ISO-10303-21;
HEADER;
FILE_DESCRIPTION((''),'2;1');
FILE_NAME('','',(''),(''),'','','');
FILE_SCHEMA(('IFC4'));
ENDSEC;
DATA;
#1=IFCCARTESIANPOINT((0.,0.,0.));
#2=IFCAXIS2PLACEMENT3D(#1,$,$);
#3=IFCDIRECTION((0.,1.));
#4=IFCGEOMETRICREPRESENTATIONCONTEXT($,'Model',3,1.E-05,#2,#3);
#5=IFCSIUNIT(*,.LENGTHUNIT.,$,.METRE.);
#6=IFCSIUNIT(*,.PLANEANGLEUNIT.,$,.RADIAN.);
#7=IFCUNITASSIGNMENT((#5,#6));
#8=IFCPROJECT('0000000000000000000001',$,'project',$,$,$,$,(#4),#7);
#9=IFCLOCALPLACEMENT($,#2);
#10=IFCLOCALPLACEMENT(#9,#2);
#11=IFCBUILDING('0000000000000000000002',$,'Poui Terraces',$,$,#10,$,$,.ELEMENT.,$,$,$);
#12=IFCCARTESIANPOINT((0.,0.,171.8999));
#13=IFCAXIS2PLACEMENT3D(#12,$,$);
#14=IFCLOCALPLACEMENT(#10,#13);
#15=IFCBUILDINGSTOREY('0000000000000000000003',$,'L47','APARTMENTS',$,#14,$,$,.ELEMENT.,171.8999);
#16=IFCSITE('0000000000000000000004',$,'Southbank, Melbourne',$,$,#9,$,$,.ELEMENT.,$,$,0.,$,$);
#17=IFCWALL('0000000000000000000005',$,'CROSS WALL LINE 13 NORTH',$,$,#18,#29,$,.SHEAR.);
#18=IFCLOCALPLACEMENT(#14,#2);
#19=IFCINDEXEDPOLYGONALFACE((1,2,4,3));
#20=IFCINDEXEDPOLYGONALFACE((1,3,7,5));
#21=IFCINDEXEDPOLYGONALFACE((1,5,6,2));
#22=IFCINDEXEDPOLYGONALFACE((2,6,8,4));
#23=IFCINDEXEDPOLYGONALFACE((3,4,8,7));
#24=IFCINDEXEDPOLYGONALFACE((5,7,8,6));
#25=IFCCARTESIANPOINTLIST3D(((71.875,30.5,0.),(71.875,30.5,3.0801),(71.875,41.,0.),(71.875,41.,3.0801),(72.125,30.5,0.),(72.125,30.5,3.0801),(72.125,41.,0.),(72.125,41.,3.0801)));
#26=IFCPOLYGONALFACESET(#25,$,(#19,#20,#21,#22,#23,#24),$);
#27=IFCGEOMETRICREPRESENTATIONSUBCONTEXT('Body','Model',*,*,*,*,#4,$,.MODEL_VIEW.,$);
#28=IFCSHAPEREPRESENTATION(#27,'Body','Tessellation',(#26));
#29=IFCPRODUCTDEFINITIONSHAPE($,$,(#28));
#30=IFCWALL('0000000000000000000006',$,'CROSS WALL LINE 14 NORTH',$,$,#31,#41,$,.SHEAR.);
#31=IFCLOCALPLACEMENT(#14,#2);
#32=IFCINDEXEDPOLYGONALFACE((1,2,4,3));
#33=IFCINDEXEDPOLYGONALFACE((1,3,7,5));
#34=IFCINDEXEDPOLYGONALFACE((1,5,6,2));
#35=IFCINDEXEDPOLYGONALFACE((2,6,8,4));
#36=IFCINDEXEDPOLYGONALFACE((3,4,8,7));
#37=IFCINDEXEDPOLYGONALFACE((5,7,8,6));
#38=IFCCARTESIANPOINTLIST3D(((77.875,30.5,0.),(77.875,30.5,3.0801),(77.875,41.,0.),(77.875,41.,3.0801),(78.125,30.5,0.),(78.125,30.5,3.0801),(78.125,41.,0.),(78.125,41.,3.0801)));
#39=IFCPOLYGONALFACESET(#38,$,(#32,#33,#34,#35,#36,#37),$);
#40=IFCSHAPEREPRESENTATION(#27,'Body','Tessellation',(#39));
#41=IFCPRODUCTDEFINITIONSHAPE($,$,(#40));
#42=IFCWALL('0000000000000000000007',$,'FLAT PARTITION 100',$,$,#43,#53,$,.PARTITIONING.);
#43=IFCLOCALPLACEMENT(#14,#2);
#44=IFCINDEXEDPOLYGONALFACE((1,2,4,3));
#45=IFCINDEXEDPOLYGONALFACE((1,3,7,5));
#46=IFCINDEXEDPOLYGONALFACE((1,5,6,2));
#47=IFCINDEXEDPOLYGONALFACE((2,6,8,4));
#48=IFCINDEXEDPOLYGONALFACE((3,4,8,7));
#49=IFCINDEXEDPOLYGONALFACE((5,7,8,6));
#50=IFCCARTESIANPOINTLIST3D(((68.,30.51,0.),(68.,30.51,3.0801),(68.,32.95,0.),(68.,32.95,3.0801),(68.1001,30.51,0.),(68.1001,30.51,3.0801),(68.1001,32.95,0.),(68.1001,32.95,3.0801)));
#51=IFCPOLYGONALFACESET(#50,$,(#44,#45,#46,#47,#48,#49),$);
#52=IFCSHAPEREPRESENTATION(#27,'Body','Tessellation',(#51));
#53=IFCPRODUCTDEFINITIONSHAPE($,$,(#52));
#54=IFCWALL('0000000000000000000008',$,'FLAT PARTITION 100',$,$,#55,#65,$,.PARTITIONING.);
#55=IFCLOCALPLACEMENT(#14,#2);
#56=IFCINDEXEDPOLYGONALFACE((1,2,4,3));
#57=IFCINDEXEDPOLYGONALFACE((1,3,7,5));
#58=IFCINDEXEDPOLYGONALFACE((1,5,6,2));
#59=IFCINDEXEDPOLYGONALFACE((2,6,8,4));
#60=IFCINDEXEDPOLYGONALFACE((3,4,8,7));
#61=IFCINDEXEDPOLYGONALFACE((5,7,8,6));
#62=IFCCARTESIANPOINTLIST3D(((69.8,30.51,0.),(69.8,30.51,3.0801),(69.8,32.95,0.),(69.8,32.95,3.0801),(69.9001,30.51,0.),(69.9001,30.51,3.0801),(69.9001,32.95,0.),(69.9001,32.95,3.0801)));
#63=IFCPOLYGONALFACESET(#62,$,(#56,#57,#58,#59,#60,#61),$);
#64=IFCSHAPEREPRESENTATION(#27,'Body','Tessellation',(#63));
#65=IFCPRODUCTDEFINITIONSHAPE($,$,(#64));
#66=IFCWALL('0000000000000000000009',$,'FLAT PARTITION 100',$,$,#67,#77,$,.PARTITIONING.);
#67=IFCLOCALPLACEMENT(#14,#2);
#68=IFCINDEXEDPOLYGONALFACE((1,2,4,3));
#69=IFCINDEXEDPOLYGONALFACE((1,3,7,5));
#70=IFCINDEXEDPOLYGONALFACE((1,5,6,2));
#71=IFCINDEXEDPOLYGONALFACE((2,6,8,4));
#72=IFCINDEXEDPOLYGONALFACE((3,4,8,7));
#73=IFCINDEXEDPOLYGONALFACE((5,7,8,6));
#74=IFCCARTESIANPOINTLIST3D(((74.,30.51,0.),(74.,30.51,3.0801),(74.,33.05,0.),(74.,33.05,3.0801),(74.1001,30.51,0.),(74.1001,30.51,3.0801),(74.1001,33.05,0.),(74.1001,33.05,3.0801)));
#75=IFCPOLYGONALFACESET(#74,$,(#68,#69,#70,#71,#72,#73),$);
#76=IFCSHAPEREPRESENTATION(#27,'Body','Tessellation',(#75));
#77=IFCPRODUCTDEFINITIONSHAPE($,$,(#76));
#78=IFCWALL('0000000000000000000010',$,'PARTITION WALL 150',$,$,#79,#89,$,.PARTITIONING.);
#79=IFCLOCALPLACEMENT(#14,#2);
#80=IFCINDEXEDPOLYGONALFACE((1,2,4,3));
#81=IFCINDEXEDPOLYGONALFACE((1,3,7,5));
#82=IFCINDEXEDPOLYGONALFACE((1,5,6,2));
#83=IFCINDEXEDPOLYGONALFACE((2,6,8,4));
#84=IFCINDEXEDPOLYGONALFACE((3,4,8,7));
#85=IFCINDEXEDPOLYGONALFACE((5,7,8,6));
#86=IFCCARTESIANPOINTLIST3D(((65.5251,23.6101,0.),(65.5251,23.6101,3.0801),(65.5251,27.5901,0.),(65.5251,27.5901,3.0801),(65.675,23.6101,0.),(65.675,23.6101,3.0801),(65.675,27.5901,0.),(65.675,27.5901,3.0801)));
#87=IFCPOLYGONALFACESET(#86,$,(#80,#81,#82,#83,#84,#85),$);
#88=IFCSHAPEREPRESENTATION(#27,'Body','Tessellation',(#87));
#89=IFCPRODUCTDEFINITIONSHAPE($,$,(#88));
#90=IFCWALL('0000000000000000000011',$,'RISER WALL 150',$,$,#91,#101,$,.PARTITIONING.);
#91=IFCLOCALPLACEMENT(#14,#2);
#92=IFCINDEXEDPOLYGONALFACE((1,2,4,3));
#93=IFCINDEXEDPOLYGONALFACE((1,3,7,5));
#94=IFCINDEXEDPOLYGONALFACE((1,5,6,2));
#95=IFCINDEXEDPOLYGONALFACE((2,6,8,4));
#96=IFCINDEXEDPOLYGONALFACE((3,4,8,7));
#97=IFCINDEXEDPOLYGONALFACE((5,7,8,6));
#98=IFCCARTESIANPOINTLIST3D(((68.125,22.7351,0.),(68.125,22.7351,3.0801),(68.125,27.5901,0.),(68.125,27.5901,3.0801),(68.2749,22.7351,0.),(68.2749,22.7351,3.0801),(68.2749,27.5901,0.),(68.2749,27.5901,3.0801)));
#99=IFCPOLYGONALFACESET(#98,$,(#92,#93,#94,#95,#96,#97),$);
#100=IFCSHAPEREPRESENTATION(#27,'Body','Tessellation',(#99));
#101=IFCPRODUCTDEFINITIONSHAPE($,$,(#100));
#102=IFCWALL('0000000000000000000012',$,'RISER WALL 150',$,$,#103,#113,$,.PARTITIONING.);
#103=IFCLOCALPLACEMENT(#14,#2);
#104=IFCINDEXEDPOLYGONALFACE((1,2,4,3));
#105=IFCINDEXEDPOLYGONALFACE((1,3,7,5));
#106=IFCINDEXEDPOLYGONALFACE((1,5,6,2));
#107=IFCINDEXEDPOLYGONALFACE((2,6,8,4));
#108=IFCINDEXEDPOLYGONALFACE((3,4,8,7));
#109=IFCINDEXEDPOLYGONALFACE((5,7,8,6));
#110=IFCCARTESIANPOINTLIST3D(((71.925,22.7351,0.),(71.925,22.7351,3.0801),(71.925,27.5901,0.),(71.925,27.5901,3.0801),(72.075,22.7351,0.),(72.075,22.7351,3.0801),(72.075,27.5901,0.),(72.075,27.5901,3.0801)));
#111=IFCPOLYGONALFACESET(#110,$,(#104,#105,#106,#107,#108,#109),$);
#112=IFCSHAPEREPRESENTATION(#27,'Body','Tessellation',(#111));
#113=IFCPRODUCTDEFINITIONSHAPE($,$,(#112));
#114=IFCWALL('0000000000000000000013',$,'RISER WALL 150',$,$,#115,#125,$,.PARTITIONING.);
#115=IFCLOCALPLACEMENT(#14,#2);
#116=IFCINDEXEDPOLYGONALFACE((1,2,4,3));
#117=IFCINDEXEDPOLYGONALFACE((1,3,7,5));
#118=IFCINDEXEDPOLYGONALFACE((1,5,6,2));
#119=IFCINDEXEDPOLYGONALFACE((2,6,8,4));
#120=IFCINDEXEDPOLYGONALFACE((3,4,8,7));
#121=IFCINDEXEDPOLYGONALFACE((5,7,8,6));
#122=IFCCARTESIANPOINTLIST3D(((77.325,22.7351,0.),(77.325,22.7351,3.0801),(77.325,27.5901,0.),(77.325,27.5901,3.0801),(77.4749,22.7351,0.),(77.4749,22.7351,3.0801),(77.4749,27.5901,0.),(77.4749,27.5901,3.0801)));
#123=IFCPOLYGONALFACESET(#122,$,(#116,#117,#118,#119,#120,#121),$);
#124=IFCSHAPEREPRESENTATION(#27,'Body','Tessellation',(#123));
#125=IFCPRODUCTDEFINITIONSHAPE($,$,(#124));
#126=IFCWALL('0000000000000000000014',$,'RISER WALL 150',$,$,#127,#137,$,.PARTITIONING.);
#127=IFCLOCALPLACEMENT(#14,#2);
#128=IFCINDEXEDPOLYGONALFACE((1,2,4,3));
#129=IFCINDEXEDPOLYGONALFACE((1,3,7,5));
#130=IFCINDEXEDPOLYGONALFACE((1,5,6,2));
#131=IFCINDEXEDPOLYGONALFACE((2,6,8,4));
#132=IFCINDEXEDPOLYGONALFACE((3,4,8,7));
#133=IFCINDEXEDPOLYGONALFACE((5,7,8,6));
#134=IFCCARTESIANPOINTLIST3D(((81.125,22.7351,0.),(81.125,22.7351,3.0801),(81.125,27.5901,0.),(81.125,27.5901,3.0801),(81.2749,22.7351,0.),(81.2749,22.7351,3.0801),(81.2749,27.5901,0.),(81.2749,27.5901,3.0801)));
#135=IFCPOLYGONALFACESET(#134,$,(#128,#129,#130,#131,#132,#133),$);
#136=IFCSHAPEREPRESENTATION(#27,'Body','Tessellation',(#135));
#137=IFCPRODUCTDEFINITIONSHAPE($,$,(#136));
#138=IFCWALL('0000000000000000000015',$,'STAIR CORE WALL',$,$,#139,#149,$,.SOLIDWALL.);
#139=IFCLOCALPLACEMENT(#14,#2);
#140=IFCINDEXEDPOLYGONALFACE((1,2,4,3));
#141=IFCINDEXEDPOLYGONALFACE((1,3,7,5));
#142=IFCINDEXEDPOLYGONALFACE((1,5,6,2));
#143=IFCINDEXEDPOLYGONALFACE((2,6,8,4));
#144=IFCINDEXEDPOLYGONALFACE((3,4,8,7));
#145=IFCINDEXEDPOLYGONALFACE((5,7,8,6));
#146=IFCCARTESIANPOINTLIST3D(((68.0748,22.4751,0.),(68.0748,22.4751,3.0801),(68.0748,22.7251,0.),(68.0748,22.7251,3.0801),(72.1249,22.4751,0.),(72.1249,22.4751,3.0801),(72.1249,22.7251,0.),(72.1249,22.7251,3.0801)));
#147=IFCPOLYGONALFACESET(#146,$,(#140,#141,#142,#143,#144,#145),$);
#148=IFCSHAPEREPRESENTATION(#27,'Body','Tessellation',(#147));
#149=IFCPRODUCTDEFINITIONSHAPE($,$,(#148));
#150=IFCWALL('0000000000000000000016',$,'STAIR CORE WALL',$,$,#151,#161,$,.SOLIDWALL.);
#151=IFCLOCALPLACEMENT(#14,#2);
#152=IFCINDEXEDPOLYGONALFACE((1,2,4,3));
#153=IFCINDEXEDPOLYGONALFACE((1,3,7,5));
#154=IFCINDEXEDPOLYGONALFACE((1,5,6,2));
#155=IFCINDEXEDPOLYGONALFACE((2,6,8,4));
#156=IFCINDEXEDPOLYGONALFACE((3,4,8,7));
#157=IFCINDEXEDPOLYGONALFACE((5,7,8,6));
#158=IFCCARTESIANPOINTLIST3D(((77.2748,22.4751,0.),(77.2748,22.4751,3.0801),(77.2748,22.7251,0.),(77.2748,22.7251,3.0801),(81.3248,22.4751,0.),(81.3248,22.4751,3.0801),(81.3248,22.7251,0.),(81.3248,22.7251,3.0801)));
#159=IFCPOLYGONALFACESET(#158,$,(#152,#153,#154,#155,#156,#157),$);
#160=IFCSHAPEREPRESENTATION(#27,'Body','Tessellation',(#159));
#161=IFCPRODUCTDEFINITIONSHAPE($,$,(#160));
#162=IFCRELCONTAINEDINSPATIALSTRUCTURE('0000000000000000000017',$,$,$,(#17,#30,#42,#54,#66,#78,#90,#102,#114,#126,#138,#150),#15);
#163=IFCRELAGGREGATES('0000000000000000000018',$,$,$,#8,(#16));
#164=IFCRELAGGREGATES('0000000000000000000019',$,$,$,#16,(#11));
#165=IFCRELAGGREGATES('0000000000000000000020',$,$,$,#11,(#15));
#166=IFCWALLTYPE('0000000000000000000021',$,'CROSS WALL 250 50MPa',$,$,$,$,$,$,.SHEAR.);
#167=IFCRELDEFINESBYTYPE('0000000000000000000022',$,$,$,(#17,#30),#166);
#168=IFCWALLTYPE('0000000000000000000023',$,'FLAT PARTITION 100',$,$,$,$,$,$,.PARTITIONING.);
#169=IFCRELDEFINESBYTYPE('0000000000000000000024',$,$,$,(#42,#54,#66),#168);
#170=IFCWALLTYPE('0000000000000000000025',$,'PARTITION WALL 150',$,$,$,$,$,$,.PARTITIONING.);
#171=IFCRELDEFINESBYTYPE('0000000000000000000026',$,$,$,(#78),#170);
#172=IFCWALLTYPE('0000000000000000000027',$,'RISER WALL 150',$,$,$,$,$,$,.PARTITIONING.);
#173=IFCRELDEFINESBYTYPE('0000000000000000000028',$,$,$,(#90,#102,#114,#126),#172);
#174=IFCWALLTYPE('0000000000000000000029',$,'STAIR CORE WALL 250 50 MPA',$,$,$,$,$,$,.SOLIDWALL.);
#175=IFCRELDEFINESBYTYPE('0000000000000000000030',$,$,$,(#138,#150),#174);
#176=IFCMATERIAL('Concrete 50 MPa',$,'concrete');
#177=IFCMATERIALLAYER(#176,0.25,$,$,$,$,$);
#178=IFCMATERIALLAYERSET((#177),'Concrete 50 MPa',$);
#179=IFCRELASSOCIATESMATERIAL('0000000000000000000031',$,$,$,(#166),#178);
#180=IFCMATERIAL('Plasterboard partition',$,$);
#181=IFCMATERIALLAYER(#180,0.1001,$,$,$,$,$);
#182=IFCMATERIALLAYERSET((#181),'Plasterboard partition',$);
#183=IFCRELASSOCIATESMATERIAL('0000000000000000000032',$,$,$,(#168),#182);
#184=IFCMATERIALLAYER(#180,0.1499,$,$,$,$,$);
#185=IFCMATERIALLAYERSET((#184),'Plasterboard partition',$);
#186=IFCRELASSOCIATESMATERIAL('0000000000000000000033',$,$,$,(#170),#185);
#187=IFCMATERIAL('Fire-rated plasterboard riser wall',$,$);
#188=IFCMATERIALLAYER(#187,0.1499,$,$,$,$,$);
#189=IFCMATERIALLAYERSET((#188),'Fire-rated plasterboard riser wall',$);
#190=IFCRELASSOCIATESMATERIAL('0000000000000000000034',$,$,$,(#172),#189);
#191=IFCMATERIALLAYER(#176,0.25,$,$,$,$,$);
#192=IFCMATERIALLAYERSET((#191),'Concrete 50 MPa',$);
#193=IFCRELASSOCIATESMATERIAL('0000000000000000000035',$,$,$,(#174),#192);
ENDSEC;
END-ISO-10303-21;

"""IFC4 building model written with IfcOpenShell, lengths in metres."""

from ifc_helpers import new_model, si_unit, direction, frame, frame_2d, origin, place, context, subcontext, project, spatial, rectangle, extrude, material, layer, layer_set, type_object, element, save


model = new_model("IFC4")

# Units and contexts
model_context = context("Model", 3, precision=1e-05, world=origin(), true_north=direction((0.0, 1.0)))
body_context = subcontext(model_context, "Body", "Model", "MODEL_VIEW")
ifc_project = project(units=[si_unit("LENGTHUNIT", "METRE"), si_unit("PLANEANGLEUNIT", "RADIAN")], contexts=[model_context])

# Site, building, storey
site_placement = place(None, origin())
site = spatial("IfcSite", under=ifc_project, at=site_placement, Name="Southbank, Melbourne", CompositionType="ELEMENT", RefElevation=0.0)
building_placement = place(site_placement, origin())
building = spatial("IfcBuilding", under=site, at=building_placement, Name="Poui Terraces", CompositionType="ELEMENT")
storey_placement = place(building_placement, frame((0.0, 0.0, 171.8999)))
storey = spatial("IfcBuildingStorey", under=building, at=storey_placement, Name="L47", Description="APARTMENTS", CompositionType="ELEMENT", Elevation=171.8999)

# Shared definitions
ifc_material_1 = material(Name="Concrete 50 MPa", Category="concrete")

# Shared definitions
ifc_layer_1 = layer(ifc_material_1, 0.25)
ifc_layer_set_1 = layer_set([ifc_layer_1], Name="Concrete 50 MPa")
wall_type_1 = type_object("IfcWallType", Name="CROSS WALL 250 50MPa", PredefinedType="SHEAR", material=ifc_layer_set_1)

# Walls
for number, where, z_axis, x_axis, name in (
    (1, (72.0, 30.5, 0.0), (0.0, 0.0, 1.0), (0.0, 1.0, 0.0), "CROSS WALL LINE 13 NORTH"),
    (2, (78.0, 30.5, 0.0), (0.0, 0.0, 1.0), (0.0, 1.0, 0.0), "CROSS WALL LINE 14 NORTH"),
):
    element("IfcWall", number, at=place(storey_placement, frame(where, z_axis=z_axis, x_axis=x_axis)), inside=storey, type_object=wall_type_1, Name=name, PredefinedType="SHEAR", context=body_context, shape_type="SweptSolid", body=[
        extrude(rectangle(XDim=10.5, YDim=0.25, at=frame_2d((5.25, 0.0))), origin(), (0.0, 0.0, 1.0), 3.0801),
    ])
ifc_material_2 = material(Name="Plasterboard partition")
ifc_layer_2 = layer(ifc_material_2, 0.1001)
ifc_layer_set_2 = layer_set([ifc_layer_2], Name="Plasterboard partition")
wall_type_2 = type_object("IfcWallType", Name="FLAT PARTITION 100", PredefinedType="PARTITIONING", material=ifc_layer_set_2)
for number, where, z_axis, x_axis, name in (
    (3, (68.05, 30.51, 0.0), (0.0, 0.0, 1.0), (0.0, 1.0, 0.0), "FLAT PARTITION 100"),
    (4, (69.8501, 30.51, 0.0), (0.0, 0.0, 1.0), (0.0, 1.0, 0.0), "FLAT PARTITION 100"),
):
    element("IfcWall", number, at=place(storey_placement, frame(where, z_axis=z_axis, x_axis=x_axis)), inside=storey, type_object=wall_type_2, Name=name, PredefinedType="PARTITIONING", context=body_context, shape_type="SweptSolid", body=[
        extrude(rectangle(XDim=2.4399, YDim=0.1001, at=frame_2d((1.22, 0.0))), origin(), (0.0, 0.0, 1.0), 3.0801),
    ])
wall_1_placement = place(storey_placement, frame((74.05, 30.51, 0.0), z_axis=(0.0, 0.0, 1.0), x_axis=(0.0, 1.0, 0.0)))
element("IfcWall", 5, at=wall_1_placement, inside=storey, type_object=wall_type_2, Name="FLAT PARTITION 100", PredefinedType="PARTITIONING", context=body_context, shape_type="SweptSolid", body=[
    extrude(rectangle(XDim=2.54, YDim=0.1001, at=frame_2d((1.27, 0.0))), origin(), (0.0, 0.0, 1.0), 3.0801),
])
ifc_layer_3 = layer(ifc_material_2, 0.1499)
ifc_layer_set_3 = layer_set([ifc_layer_3], Name="Plasterboard partition")
wall_type_3 = type_object("IfcWallType", Name="PARTITION WALL 150", PredefinedType="PARTITIONING", material=ifc_layer_set_3)
wall_2_placement = place(storey_placement, frame((65.6001, 23.6101, 0.0), z_axis=(0.0, 0.0, 1.0), x_axis=(0.0, 1.0, 0.0)))
element("IfcWall", 6, at=wall_2_placement, inside=storey, type_object=wall_type_3, Name="PARTITION WALL 150", PredefinedType="PARTITIONING", context=body_context, shape_type="SweptSolid", body=[
    extrude(rectangle(XDim=3.98, YDim=0.1499, at=frame_2d((1.99, 0.0))), origin(), (0.0, 0.0, 1.0), 3.0801),
])
ifc_material_3 = material(Name="Fire-rated plasterboard riser wall")
ifc_layer_4 = layer(ifc_material_3, 0.1499)
ifc_layer_set_4 = layer_set([ifc_layer_4], Name="Fire-rated plasterboard riser wall")
wall_type_4 = type_object("IfcWallType", Name="RISER WALL 150", PredefinedType="PARTITIONING", material=ifc_layer_set_4)
for number, where, z_axis, x_axis, name in (
    (7, (68.2, 22.7351, 0.0), (0.0, 0.0, 1.0), (0.0, 1.0, 0.0), "RISER WALL 150"),
    (8, (72.0, 22.7351, 0.0), (0.0, 0.0, 1.0), (0.0, 1.0, 0.0), "RISER WALL 150"),
    (9, (77.3999, 22.7351, 0.0), (0.0, 0.0, 1.0), (0.0, 1.0, 0.0), "RISER WALL 150"),
    (10, (81.2, 22.7351, 0.0), (0.0, 0.0, 1.0), (0.0, 1.0, 0.0), "RISER WALL 150"),
):
    element("IfcWall", number, at=place(storey_placement, frame(where, z_axis=z_axis, x_axis=x_axis)), inside=storey, type_object=wall_type_4, Name=name, PredefinedType="PARTITIONING", context=body_context, shape_type="SweptSolid", body=[
        extrude(rectangle(XDim=4.855, YDim=0.1499, at=frame_2d((2.4275, 0.0))), origin(), (0.0, 0.0, 1.0), 3.0801),
    ])
ifc_layer_5 = layer(ifc_material_1, 0.25)
ifc_layer_set_5 = layer_set([ifc_layer_5], Name="Concrete 50 MPa")
wall_type_5 = type_object("IfcWallType", Name="STAIR CORE WALL 250 50 MPA", PredefinedType="SOLIDWALL", material=ifc_layer_set_5)
for number, where, z_axis, x_axis, name in (
    (11, (68.075, 22.6001, 0.0), (0.0, 0.0, 1.0), (1.0, 0.0, 0.0), "STAIR CORE WALL"),
    (12, (77.2749, 22.6001, 0.0), (0.0, 0.0, 1.0), (1.0, 0.0, 0.0), "STAIR CORE WALL"),
):
    element("IfcWall", number, at=place(storey_placement, frame(where, z_axis=z_axis, x_axis=x_axis)), inside=storey, type_object=wall_type_5, Name=name, PredefinedType="SOLIDWALL", context=body_context, shape_type="SweptSolid", body=[
        extrude(rectangle(XDim=4.05, YDim=0.25, at=frame_2d((2.0249, 0.0))), origin(), (0.0, 0.0, 1.0), 3.0801),
    ])

save(model, "model.ifc")
